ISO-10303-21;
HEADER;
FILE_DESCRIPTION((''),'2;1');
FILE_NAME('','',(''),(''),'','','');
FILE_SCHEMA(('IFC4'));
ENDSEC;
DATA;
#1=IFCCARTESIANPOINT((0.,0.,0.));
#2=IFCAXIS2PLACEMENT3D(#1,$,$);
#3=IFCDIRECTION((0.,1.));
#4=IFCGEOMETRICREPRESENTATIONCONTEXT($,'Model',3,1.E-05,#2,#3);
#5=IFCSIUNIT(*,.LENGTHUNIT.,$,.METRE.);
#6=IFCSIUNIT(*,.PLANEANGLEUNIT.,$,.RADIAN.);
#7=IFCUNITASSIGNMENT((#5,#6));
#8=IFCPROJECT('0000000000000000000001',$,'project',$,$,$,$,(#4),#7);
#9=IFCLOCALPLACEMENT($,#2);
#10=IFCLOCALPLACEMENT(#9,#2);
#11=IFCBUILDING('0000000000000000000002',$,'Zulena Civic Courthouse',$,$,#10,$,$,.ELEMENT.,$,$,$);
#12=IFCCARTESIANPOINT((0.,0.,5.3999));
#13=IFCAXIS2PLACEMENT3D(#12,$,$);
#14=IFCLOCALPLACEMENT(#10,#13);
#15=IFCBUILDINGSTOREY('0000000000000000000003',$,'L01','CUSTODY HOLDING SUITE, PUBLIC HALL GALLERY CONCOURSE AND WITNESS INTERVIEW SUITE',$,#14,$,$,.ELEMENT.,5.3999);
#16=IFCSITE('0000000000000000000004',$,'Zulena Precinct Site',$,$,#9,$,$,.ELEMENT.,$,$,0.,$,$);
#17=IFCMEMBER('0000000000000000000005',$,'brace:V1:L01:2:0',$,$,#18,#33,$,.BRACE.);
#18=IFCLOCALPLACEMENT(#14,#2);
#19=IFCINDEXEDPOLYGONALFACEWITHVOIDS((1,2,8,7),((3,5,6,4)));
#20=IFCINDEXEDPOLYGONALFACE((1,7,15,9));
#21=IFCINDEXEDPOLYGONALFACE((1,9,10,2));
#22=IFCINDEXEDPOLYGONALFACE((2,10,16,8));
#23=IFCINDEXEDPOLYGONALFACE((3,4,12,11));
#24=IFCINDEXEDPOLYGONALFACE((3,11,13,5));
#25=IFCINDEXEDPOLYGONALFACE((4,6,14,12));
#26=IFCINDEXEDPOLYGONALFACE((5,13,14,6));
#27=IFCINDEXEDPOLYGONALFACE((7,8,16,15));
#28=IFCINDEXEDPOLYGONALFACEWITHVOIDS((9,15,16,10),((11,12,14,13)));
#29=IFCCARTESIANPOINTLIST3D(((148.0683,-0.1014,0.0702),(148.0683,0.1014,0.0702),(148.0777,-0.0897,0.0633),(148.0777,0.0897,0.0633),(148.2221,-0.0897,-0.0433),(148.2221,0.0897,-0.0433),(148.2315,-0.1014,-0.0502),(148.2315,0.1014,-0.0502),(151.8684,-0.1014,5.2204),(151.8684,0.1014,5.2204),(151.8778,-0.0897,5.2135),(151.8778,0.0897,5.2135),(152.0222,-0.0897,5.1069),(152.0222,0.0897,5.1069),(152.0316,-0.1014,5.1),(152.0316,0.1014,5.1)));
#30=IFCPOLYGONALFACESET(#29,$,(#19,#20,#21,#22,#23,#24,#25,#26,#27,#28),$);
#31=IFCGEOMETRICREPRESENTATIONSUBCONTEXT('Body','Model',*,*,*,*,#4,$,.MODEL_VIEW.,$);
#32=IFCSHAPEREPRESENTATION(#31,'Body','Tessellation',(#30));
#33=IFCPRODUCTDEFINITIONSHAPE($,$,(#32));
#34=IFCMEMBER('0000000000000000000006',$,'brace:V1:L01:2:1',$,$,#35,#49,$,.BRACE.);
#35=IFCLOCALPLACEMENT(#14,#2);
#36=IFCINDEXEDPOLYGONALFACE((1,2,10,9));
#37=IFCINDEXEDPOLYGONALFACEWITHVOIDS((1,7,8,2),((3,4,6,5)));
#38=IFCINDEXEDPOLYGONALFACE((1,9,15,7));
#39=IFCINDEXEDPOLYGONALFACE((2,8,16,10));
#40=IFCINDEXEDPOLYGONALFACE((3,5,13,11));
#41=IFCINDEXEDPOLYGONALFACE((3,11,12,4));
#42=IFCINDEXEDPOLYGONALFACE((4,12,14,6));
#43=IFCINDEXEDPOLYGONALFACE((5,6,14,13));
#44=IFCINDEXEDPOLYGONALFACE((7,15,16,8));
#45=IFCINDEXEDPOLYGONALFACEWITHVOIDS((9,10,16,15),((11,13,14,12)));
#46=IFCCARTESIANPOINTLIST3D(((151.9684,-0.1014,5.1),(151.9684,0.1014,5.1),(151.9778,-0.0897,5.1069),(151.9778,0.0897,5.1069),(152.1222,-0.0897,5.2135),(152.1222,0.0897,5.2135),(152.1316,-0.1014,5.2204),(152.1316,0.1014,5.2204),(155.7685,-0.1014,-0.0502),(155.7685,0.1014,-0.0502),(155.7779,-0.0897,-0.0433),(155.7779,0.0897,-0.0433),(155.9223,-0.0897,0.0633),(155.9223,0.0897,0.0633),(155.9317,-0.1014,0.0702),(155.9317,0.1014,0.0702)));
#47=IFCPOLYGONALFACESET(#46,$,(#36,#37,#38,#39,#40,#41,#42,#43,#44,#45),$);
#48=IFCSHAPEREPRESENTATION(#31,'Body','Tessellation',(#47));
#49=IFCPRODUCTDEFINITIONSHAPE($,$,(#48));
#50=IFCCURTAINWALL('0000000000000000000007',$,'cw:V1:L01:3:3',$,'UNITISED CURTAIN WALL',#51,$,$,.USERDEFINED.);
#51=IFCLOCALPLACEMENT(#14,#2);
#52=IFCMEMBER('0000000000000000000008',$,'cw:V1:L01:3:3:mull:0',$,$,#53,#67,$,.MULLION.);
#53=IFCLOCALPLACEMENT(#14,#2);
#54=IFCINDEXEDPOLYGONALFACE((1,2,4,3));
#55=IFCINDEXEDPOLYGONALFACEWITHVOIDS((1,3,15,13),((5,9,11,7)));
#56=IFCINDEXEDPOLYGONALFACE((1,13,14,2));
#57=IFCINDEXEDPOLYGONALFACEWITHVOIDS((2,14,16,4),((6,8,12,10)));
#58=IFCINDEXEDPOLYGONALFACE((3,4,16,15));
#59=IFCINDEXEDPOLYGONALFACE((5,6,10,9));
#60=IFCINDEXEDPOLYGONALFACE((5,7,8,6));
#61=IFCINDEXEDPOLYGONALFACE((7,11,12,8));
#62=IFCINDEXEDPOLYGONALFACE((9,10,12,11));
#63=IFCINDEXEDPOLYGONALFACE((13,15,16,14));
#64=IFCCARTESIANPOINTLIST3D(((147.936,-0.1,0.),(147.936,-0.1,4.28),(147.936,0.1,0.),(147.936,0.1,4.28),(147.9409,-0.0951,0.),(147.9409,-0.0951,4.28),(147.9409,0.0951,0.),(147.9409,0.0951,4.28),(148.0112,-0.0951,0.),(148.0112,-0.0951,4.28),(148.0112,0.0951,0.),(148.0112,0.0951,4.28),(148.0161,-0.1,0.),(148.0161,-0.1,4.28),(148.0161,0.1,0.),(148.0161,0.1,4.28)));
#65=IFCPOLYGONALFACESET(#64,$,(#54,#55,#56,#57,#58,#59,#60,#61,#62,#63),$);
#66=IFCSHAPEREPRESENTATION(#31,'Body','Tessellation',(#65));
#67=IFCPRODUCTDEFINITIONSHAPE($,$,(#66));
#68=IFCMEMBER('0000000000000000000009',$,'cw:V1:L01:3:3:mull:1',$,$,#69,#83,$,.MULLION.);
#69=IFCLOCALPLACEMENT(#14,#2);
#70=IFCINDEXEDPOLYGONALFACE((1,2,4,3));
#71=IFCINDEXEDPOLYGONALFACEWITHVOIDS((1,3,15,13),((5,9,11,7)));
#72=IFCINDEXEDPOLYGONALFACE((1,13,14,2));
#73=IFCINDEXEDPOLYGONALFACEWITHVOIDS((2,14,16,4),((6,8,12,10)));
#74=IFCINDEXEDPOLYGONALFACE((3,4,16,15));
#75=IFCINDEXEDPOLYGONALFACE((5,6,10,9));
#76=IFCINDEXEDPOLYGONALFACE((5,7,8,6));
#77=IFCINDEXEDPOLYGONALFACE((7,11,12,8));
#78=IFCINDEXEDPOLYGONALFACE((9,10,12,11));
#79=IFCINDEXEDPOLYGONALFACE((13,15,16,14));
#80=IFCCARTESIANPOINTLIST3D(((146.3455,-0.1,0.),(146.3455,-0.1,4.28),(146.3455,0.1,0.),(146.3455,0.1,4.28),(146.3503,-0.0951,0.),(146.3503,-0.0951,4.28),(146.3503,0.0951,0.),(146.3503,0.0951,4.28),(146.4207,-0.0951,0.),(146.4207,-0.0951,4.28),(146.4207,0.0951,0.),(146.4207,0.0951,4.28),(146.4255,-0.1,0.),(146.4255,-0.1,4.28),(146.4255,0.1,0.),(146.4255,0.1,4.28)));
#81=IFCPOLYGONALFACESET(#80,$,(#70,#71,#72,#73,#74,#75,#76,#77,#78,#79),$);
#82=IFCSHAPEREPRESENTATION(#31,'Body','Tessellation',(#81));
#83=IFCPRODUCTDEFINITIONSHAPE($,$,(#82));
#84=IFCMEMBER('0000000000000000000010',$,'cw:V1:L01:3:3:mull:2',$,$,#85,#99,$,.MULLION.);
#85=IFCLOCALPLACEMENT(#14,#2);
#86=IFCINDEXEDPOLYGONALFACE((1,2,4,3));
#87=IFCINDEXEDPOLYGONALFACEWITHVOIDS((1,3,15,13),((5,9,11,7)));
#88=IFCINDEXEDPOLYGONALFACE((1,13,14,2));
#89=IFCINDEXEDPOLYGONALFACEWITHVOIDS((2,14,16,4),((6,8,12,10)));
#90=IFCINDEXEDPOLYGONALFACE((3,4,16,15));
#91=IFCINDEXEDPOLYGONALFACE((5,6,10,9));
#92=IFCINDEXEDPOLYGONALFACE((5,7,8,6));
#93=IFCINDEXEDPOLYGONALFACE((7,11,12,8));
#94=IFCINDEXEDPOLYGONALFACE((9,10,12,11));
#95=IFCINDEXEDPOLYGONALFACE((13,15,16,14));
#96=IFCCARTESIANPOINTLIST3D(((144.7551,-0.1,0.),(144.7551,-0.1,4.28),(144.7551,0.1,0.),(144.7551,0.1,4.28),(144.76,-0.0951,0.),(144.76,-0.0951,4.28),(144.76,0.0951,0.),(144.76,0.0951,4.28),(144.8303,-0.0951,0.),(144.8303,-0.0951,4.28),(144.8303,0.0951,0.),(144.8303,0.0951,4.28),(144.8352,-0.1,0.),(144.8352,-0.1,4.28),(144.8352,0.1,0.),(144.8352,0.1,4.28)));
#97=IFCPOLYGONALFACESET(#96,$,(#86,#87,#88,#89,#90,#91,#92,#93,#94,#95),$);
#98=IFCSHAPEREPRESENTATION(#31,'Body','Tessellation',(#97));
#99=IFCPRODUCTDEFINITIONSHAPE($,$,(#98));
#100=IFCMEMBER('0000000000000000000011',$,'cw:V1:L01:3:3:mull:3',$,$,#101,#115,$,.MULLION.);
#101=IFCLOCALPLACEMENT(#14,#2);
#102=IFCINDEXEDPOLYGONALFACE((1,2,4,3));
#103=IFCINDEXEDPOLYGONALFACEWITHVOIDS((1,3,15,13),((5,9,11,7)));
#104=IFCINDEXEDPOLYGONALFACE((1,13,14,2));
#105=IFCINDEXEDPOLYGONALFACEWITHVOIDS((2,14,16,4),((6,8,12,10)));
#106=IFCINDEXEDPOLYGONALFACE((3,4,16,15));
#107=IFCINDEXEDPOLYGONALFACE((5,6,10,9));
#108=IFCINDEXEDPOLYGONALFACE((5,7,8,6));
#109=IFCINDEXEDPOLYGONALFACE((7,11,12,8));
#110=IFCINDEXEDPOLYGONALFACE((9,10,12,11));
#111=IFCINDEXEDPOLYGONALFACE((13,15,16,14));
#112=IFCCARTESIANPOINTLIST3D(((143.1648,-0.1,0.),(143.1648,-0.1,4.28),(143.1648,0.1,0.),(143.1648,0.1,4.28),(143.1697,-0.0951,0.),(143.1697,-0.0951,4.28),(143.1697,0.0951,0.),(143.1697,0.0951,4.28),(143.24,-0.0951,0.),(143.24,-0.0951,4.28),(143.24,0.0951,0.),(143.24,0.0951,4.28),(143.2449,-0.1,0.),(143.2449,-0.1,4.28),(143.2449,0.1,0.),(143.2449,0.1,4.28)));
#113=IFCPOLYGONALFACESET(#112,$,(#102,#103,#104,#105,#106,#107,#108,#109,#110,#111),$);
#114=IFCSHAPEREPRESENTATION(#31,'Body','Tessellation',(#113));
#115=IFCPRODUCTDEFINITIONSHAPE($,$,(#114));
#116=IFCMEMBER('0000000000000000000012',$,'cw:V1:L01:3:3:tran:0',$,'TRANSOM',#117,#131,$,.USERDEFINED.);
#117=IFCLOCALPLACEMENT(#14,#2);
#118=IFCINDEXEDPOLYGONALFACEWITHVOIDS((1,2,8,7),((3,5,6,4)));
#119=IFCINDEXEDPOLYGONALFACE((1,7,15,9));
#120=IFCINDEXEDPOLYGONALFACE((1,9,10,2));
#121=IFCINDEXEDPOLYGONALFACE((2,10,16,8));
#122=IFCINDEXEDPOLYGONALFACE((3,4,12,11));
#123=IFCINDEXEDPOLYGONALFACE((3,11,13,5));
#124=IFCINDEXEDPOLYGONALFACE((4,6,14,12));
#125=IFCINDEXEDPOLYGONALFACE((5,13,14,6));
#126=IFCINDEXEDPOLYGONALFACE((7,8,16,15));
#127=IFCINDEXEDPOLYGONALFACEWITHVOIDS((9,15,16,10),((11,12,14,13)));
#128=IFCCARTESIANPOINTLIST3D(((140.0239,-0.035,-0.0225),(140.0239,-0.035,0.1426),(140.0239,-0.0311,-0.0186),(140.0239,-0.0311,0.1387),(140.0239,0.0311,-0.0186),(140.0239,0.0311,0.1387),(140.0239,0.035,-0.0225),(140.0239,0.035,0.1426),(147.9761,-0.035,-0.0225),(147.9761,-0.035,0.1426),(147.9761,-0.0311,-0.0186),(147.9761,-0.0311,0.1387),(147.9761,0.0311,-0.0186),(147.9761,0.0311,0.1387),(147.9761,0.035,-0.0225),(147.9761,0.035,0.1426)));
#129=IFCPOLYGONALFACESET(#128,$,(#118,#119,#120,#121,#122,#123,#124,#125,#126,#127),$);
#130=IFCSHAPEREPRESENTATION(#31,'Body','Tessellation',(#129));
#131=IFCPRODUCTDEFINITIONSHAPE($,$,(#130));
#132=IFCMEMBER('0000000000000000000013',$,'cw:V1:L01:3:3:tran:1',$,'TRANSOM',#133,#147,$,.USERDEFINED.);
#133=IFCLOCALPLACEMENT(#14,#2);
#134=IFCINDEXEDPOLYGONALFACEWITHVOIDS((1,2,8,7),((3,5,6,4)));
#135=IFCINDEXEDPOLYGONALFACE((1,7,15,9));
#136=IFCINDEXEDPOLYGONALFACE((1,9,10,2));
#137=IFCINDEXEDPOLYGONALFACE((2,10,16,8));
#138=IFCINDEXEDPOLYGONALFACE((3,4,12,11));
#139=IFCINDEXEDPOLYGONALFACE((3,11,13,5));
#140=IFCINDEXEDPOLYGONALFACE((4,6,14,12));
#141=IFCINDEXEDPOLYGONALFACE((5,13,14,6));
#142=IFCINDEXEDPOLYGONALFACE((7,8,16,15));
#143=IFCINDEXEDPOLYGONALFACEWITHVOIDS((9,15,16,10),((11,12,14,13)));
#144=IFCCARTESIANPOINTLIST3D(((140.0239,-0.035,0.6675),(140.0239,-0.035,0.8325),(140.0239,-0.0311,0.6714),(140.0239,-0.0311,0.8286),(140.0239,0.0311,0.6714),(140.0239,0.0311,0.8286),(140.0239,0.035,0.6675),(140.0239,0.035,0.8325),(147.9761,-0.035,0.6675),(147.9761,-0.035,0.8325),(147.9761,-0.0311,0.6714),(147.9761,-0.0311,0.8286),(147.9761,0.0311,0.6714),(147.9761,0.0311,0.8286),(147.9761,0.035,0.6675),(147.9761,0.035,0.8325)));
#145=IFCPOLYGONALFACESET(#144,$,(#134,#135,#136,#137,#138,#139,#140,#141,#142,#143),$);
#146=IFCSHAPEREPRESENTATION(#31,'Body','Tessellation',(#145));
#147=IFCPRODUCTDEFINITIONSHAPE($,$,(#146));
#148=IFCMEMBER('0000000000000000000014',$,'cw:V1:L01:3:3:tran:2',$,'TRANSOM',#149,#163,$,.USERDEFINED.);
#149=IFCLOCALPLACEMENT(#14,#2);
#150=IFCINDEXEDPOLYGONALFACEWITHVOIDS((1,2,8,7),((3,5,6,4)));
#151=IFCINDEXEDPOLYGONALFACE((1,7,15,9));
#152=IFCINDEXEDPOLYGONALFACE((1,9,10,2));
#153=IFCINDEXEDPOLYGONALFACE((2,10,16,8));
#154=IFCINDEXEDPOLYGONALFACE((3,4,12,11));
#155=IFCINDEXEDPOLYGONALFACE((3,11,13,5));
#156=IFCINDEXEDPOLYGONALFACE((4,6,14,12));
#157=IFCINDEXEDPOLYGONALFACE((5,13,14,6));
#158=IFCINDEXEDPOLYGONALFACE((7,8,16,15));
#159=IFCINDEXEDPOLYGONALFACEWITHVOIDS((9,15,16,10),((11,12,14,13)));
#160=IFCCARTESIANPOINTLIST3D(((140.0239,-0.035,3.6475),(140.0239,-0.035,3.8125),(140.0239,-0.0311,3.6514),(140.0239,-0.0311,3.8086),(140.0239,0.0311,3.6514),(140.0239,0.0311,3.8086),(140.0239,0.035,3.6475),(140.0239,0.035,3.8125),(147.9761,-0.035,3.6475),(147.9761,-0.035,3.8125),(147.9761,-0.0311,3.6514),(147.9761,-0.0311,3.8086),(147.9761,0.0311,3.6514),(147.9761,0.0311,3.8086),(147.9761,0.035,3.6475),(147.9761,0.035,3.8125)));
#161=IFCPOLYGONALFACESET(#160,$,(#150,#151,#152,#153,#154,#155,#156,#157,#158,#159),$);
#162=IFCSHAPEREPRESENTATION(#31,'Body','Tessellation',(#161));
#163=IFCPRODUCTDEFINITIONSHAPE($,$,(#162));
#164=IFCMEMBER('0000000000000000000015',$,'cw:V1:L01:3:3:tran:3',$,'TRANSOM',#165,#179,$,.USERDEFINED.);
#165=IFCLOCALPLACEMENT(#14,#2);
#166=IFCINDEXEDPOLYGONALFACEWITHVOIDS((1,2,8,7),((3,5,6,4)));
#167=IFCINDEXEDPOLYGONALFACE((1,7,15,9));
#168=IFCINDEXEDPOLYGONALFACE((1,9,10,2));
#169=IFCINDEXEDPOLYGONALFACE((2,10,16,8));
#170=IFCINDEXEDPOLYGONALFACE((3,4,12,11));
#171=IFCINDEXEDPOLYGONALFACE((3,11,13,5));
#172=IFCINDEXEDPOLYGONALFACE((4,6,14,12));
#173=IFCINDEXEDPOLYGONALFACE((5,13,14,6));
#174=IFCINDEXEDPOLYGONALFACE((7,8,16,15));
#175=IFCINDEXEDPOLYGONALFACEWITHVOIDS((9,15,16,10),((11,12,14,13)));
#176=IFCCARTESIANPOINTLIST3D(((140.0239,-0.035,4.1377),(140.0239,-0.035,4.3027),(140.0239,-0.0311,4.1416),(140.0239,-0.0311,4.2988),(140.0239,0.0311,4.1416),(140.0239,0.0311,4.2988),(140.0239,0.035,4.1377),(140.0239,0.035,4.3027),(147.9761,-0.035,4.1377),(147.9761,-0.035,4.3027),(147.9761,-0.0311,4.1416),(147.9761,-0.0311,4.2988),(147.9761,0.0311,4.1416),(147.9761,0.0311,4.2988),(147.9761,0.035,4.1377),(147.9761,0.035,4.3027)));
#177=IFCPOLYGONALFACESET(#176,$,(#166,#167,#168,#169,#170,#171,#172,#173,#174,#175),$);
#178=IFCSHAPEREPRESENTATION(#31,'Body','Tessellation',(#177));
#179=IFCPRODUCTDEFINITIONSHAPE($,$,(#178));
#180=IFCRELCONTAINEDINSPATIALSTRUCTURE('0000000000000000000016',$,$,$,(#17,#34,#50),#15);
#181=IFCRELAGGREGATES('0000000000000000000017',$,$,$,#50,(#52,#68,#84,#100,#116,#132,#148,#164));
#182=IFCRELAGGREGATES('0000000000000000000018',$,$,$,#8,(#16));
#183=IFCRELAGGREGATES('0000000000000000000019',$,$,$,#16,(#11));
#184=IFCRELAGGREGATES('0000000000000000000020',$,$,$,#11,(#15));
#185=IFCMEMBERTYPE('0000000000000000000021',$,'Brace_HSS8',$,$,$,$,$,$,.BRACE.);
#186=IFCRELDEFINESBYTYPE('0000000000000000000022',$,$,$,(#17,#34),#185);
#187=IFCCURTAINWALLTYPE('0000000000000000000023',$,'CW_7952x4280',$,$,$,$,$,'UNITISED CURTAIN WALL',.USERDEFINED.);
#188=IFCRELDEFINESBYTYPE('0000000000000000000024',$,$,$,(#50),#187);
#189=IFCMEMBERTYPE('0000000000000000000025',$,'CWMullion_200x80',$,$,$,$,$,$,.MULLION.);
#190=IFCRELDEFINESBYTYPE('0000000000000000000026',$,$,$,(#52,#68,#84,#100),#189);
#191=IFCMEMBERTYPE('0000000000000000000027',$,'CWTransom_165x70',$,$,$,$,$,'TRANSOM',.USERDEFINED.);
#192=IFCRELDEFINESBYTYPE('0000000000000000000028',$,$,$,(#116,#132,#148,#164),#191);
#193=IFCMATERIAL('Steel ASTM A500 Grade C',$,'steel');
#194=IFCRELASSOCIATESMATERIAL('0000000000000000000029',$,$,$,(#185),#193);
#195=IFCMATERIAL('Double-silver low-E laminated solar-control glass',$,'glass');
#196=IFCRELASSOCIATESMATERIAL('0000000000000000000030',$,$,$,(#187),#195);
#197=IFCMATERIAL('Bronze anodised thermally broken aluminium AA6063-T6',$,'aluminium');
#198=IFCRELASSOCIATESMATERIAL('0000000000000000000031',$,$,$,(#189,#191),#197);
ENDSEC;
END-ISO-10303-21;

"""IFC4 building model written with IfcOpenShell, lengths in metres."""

from ifc_helpers import new_model, si_unit, direction, frame, origin, origin_2d, place, context, subcontext, project, spatial, hollow_rectangle, extrude, material, material_profile, profile_set, type_object, element, aggregate, save


model = new_model("IFC4")

# Units and contexts
model_context = context("Model", 3, precision=1e-05, world=origin(), true_north=direction((0.0, 1.0)))
body_context = subcontext(model_context, "Body", "Model", "MODEL_VIEW")
ifc_project = project(units=[si_unit("LENGTHUNIT", "METRE"), si_unit("PLANEANGLEUNIT", "RADIAN")], contexts=[model_context])

# Site, building, storey
site_placement = place(None, origin())
site = spatial("IfcSite", under=ifc_project, at=site_placement, Name="Zulena Precinct Site", CompositionType="ELEMENT", RefElevation=0.0)
building_placement = place(site_placement, origin())
building = spatial("IfcBuilding", under=site, at=building_placement, Name="Zulena Civic Courthouse", CompositionType="ELEMENT")
storey_placement = place(building_placement, frame((0.0, 0.0, 5.3999)))
storey = spatial("IfcBuildingStorey", under=building, at=storey_placement, Name="L01", Description="CUSTODY HOLDING SUITE, PUBLIC HALL GALLERY CONCOURSE AND WITNESS INTERVIEW SUITE", CompositionType="ELEMENT", Elevation=5.3999)

# Members
ifc_material_1 = material(Name="Steel ASTM A500 Grade C", Category="steel")
ifc_material_profile_1 = material_profile(ifc_material_1, hollow_rectangle(XDim=0.2029, YDim=0.2029, WallThickness=0.0117, at=origin_2d()), Name="HSS8X8X1/2")
ifc_profile_set_1 = profile_set([ifc_material_profile_1], Name="Steel ASTM A500 Grade C")
member_type_1 = type_object("IfcMemberType", Name="Brace_HSS8", PredefinedType="BRACE", material=ifc_profile_set_1)
for number, where, z_axis, x_axis, name in (
    (1, (148.1499, 0.0, 0.01), (0.593726, 0.0, 0.804667), (0.0, 1.0, 0.0), "brace:V1:L01:2:0"),
    (2, (155.8501, 0.0, 0.01), (-0.593726, 0.0, 0.804667), (0.0, -1.0, 0.0), "brace:V1:L01:2:1"),
):
    element("IfcMember", number, at=place(storey_placement, frame(where, z_axis=z_axis, x_axis=x_axis)), inside=storey, type_object=member_type_1, Name=name, PredefinedType="BRACE", context=body_context, shape_type="SweptSolid", body=[
        extrude(hollow_rectangle(XDim=0.2029, YDim=0.2029, WallThickness=0.0117, at=origin_2d()), origin(), (0.0, 0.0, 1.0), 6.4004),
    ])

# Curtain wall, members
ifc_material_2 = material(Name="Double-silver low-E laminated solar-control glass", Category="glass")
curtain_wall_type = type_object("IfcCurtainWallType", Name="CW_7952x4280", ElementType="UNITISED CURTAIN WALL", PredefinedType="USERDEFINED", material=ifc_material_2)
curtain_wall_placement = place(storey_placement, origin())
curtain_wall = element("IfcCurtainWall", 3, at=curtain_wall_placement, inside=storey, type_object=curtain_wall_type, Name="cw:V1:L01:3:3", ObjectType="UNITISED CURTAIN WALL", PredefinedType="USERDEFINED")
ifc_material_3 = material(Name="Bronze anodised thermally broken aluminium AA6063-T6", Category="aluminium")
ifc_material_profile_2 = material_profile(ifc_material_3, hollow_rectangle(XDim=0.0801, YDim=0.2, WallThickness=0.0049, at=origin_2d()), Name="CWM200X80X5")
ifc_profile_set_2 = profile_set([ifc_material_profile_2], Name="Bronze anodised thermally broken aluminium AA6063-T6")
member_type_2 = type_object("IfcMemberType", Name="CWMullion_200x80", PredefinedType="MULLION", material=ifc_profile_set_2)
member_1_placement = place(storey_placement, frame((147.9761, 0.0, 0.0), z_axis=(0.0, 0.0, 1.0), x_axis=(1.0, 0.0, 0.0)))
member_1 = element("IfcMember", 4, at=member_1_placement, type_object=member_type_2, Name="cw:V1:L01:3:3:mull:0", PredefinedType="MULLION", context=body_context, shape_type="SweptSolid", body=[
    extrude(hollow_rectangle(XDim=0.0801, YDim=0.2, WallThickness=0.0049, at=origin_2d()), origin(), (0.0, 0.0, 1.0), 4.28),
])
member_2_placement = place(storey_placement, frame((146.3855, 0.0, 0.0), z_axis=(0.0, 0.0, 1.0), x_axis=(1.0, 0.0, 0.0)))
member_2 = element("IfcMember", 5, at=member_2_placement, type_object=member_type_2, Name="cw:V1:L01:3:3:mull:1", PredefinedType="MULLION", context=body_context, shape_type="SweptSolid", body=[
    extrude(hollow_rectangle(XDim=0.0801, YDim=0.2, WallThickness=0.0049, at=origin_2d()), origin(), (0.0, 0.0, 1.0), 4.28),
])
member_3_placement = place(storey_placement, frame((144.7952, 0.0, 0.0), z_axis=(0.0, 0.0, 1.0), x_axis=(1.0, 0.0, 0.0)))
member_3 = element("IfcMember", 6, at=member_3_placement, type_object=member_type_2, Name="cw:V1:L01:3:3:mull:2", PredefinedType="MULLION", context=body_context, shape_type="SweptSolid", body=[
    extrude(hollow_rectangle(XDim=0.0801, YDim=0.2, WallThickness=0.0049, at=origin_2d()), origin(), (0.0, 0.0, 1.0), 4.28),
])
member_4_placement = place(storey_placement, frame((143.2048, 0.0, 0.0), z_axis=(0.0, 0.0, 1.0), x_axis=(1.0, 0.0, 0.0)))
member_4 = element("IfcMember", 7, at=member_4_placement, type_object=member_type_2, Name="cw:V1:L01:3:3:mull:3", PredefinedType="MULLION", context=body_context, shape_type="SweptSolid", body=[
    extrude(hollow_rectangle(XDim=0.0801, YDim=0.2, WallThickness=0.0049, at=origin_2d()), origin(), (0.0, 0.0, 1.0), 4.28),
])
ifc_material_profile_3 = material_profile(ifc_material_3, hollow_rectangle(XDim=0.0701, YDim=0.165, WallThickness=0.0039, at=origin_2d()), Name="CWT165X70X4")
ifc_profile_set_3 = profile_set([ifc_material_profile_3], Name="Bronze anodised thermally broken aluminium AA6063-T6")
member_type_3 = type_object("IfcMemberType", Name="CWTransom_165x70", ElementType="TRANSOM", PredefinedType="USERDEFINED", material=ifc_profile_set_3)
member_5_placement = place(storey_placement, frame((147.9761, 0.0, 0.0601), z_axis=(-1.0, 0.0, 0.0), x_axis=(0.0, -1.0, 0.0)))
member_5 = element("IfcMember", 8, at=member_5_placement, type_object=member_type_3, Name="cw:V1:L01:3:3:tran:0", ObjectType="TRANSOM", PredefinedType="USERDEFINED", context=body_context, shape_type="SweptSolid", body=[
    extrude(hollow_rectangle(XDim=0.0701, YDim=0.165, WallThickness=0.0039, at=origin_2d()), origin(), (0.0, 0.0, 1.0), 7.9521),
])
member_6_placement = place(storey_placement, frame((147.9761, 0.0, 0.75), z_axis=(-1.0, 0.0, 0.0), x_axis=(0.0, -1.0, 0.0)))
member_6 = element("IfcMember", 9, at=member_6_placement, type_object=member_type_3, Name="cw:V1:L01:3:3:tran:1", ObjectType="TRANSOM", PredefinedType="USERDEFINED", context=body_context, shape_type="SweptSolid", body=[
    extrude(hollow_rectangle(XDim=0.0701, YDim=0.165, WallThickness=0.0039, at=origin_2d()), origin(), (0.0, 0.0, 1.0), 7.9521),
])
member_7_placement = place(storey_placement, frame((147.9761, 0.0, 3.73), z_axis=(-1.0, 0.0, 0.0), x_axis=(0.0, -1.0, 0.0)))
member_7 = element("IfcMember", 10, at=member_7_placement, type_object=member_type_3, Name="cw:V1:L01:3:3:tran:2", ObjectType="TRANSOM", PredefinedType="USERDEFINED", context=body_context, shape_type="SweptSolid", body=[
    extrude(hollow_rectangle(XDim=0.0701, YDim=0.165, WallThickness=0.0039, at=origin_2d()), origin(), (0.0, 0.0, 1.0), 7.9521),
])
member_8_placement = place(storey_placement, frame((147.9761, 0.0, 4.2202), z_axis=(-1.0, 0.0, 0.0), x_axis=(0.0, -1.0, 0.0)))
member_8 = element("IfcMember", 11, at=member_8_placement, type_object=member_type_3, Name="cw:V1:L01:3:3:tran:3", ObjectType="TRANSOM", PredefinedType="USERDEFINED", context=body_context, shape_type="SweptSolid", body=[
    extrude(hollow_rectangle(XDim=0.0701, YDim=0.165, WallThickness=0.0039, at=origin_2d()), origin(), (0.0, 0.0, 1.0), 7.9521),
])

aggregate(curtain_wall, [member_1, member_2, member_3, member_4, member_5, member_6, member_7, member_8])

save(model, "model.ifc")
